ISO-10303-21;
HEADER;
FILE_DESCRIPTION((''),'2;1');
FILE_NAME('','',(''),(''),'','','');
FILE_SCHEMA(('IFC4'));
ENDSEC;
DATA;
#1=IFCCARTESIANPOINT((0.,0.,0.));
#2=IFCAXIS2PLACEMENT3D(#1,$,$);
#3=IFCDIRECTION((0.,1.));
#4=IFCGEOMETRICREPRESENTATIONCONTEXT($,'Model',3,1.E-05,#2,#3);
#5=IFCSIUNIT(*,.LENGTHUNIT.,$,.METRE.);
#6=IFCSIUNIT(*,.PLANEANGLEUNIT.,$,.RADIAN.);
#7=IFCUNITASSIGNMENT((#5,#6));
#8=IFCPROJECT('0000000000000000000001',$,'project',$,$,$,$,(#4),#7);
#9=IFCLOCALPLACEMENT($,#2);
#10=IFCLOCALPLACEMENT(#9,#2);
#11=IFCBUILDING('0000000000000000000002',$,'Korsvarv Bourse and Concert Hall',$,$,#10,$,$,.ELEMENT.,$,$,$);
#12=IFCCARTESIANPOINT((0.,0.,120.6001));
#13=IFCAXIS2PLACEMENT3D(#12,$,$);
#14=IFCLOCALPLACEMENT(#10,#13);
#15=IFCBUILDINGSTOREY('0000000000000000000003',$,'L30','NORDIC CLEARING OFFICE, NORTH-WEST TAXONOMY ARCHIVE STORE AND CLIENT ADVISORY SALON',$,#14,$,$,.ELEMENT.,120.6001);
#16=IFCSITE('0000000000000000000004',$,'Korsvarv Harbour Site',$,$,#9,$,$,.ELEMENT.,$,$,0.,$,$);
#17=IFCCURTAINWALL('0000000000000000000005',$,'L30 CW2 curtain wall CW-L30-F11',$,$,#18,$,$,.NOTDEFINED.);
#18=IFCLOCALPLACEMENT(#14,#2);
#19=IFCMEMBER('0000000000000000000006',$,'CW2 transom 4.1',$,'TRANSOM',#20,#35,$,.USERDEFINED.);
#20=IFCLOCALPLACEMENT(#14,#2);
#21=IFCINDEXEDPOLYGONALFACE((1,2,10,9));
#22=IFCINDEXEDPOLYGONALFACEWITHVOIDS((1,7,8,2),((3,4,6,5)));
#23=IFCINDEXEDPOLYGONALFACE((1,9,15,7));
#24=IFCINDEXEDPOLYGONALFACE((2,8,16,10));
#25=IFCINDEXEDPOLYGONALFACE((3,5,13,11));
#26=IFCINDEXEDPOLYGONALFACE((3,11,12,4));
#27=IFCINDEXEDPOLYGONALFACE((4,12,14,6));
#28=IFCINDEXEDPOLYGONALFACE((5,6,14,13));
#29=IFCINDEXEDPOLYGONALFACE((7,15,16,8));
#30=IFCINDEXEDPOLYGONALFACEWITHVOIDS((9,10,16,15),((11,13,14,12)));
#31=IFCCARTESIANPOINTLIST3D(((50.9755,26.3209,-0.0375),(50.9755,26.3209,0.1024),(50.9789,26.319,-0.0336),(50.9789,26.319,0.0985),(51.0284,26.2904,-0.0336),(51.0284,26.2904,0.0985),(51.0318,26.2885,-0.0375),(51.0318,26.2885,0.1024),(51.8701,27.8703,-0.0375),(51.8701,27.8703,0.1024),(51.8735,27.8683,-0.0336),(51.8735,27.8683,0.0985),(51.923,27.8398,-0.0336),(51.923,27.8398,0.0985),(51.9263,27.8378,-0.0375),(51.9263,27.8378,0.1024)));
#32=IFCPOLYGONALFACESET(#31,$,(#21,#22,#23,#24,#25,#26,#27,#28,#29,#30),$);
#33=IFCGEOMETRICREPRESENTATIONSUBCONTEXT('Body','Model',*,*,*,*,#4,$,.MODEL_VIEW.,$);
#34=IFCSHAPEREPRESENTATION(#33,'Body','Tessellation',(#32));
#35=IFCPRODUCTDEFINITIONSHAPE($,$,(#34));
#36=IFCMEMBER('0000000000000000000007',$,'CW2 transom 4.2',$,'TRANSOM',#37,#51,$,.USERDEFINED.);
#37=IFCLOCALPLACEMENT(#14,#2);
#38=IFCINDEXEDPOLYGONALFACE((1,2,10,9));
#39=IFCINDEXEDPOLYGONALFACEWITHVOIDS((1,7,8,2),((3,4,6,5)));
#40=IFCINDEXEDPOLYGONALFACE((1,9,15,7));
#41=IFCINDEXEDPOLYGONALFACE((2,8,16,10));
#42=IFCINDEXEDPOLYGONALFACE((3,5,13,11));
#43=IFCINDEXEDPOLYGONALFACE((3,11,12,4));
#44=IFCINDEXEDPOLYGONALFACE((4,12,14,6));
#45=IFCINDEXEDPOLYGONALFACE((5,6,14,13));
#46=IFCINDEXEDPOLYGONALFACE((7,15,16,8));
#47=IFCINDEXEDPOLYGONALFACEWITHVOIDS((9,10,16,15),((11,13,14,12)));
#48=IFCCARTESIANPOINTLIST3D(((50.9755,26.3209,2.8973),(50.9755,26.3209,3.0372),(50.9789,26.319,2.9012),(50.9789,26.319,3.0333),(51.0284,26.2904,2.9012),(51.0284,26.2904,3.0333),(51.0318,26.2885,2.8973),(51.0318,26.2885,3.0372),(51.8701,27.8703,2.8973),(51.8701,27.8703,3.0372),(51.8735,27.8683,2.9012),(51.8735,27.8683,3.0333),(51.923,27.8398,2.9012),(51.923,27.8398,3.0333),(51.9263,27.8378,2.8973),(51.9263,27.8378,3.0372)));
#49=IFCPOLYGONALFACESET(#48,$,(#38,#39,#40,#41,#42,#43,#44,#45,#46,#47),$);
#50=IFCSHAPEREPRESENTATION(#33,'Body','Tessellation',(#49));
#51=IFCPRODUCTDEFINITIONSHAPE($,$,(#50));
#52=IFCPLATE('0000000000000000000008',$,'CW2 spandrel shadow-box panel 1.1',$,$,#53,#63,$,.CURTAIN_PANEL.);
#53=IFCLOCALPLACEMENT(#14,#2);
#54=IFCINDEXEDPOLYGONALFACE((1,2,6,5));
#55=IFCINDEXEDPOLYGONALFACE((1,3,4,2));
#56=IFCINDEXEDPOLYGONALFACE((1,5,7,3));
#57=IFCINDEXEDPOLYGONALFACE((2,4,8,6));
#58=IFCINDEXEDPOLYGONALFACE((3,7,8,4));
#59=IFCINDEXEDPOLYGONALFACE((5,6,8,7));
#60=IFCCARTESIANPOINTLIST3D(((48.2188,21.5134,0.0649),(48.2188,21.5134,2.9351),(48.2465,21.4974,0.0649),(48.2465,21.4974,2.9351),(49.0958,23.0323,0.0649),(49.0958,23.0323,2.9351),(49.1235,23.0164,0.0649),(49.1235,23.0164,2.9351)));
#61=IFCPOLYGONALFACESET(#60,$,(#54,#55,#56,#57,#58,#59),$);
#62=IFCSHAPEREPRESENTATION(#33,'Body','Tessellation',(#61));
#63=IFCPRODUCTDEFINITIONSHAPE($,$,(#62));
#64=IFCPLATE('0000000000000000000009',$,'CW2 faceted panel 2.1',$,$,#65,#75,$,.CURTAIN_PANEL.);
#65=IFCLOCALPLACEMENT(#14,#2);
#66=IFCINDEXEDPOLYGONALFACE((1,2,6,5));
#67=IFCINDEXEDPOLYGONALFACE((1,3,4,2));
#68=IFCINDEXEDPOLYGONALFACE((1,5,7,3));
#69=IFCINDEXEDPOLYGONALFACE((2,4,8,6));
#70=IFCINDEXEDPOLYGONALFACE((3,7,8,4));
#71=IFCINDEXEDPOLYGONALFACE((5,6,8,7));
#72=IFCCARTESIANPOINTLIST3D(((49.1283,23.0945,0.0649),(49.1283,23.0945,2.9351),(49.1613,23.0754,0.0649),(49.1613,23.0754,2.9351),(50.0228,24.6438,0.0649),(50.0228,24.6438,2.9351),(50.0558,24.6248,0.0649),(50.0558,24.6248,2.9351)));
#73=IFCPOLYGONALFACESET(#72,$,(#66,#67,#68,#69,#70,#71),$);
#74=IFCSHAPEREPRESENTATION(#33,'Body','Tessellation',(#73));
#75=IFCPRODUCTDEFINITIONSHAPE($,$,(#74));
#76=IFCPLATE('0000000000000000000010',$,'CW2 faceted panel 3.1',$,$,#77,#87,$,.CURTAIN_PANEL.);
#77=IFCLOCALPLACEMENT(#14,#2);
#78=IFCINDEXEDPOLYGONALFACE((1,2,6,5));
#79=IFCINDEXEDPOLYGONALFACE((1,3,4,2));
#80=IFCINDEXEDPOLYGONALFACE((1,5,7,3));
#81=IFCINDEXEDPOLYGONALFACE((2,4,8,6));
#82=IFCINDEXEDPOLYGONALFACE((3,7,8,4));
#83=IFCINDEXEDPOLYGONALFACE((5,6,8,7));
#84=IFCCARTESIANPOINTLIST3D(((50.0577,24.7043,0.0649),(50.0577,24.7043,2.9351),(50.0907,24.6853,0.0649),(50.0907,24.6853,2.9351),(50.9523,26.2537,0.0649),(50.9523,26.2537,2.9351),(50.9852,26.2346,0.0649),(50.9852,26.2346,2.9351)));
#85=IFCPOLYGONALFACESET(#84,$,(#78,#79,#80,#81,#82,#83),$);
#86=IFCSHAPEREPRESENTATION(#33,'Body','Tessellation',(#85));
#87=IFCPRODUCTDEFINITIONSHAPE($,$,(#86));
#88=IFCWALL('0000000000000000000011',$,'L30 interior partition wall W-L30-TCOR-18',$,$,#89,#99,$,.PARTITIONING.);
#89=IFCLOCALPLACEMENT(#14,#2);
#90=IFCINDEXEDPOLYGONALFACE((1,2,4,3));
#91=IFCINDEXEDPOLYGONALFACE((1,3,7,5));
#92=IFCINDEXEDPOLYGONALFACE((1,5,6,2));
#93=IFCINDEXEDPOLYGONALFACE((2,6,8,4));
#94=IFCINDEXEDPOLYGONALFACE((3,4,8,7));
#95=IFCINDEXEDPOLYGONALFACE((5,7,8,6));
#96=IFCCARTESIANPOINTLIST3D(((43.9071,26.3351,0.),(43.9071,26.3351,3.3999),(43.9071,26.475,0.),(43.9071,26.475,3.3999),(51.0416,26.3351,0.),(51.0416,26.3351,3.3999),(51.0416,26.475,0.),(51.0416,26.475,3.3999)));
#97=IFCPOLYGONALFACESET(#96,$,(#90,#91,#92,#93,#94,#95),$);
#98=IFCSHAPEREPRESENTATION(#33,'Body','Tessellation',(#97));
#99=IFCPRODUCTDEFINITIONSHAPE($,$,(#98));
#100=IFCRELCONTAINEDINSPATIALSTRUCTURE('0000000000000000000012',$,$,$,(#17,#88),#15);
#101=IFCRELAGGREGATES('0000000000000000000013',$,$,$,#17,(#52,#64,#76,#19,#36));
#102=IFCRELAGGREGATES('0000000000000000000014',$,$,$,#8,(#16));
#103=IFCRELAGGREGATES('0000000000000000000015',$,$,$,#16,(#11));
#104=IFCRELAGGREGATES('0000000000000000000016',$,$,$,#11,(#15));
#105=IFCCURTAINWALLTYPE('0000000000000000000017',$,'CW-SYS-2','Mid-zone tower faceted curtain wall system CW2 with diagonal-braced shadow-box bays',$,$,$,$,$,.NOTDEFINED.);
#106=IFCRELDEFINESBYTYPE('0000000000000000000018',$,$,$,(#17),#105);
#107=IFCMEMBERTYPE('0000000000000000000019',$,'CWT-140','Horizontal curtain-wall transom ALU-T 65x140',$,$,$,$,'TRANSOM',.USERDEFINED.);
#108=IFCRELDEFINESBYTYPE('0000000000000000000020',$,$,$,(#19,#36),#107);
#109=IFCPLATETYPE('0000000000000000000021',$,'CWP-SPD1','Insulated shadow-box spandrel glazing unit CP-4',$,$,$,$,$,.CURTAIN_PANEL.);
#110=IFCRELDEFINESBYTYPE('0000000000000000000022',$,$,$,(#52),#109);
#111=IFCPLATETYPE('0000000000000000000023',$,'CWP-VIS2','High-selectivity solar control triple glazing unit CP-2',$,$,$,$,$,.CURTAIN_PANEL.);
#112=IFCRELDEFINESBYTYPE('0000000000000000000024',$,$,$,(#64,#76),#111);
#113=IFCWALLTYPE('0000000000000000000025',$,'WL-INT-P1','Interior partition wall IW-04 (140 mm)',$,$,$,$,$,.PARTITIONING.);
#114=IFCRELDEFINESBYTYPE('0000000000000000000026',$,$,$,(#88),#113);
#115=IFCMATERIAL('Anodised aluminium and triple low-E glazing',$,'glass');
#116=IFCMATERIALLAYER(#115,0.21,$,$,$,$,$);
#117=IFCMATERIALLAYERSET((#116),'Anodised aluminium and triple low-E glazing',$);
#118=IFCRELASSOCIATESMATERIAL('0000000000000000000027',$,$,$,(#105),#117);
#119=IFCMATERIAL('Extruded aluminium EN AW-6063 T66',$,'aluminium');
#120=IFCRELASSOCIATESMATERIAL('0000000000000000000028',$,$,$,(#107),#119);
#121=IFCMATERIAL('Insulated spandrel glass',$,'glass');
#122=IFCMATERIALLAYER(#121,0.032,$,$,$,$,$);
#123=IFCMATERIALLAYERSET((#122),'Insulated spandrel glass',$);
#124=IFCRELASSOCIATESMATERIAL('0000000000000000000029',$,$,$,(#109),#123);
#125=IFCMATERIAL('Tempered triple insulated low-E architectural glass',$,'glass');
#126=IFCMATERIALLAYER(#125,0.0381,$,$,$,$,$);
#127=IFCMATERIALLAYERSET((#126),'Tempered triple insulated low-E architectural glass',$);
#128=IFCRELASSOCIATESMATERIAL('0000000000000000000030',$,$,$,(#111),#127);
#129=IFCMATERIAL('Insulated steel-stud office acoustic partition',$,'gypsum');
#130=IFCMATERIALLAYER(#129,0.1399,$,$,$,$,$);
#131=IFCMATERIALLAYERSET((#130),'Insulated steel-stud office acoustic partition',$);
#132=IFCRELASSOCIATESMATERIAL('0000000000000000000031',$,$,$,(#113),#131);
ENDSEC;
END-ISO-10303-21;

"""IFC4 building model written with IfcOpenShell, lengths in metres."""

from ifc_helpers import new_model, si_unit, direction, frame, frame_2d, origin, origin_2d, place, context, subcontext, project, spatial, rectangle, hollow_rectangle, extrude, source, transform, mapped, material, layer, layer_set, material_profile, profile_set, type_object, element, aggregate, save


model = new_model("IFC4")

# Units and contexts
model_context = context("Model", 3, precision=1e-05, world=origin(), true_north=direction((0.0, 1.0)))
body_context = subcontext(model_context, "Body", "Model", "MODEL_VIEW")
ifc_project = project(units=[si_unit("LENGTHUNIT", "METRE"), si_unit("PLANEANGLEUNIT", "RADIAN")], contexts=[model_context])

# Site, building, storey
site_placement = place(None, origin())
site = spatial("IfcSite", under=ifc_project, at=site_placement, Name="Korsvarv Harbour Site", CompositionType="ELEMENT", RefElevation=0.0)
building_placement = place(site_placement, origin())
building = spatial("IfcBuilding", under=site, at=building_placement, Name="Korsvarv Bourse and Concert Hall", CompositionType="ELEMENT")
storey_placement = place(building_placement, frame((0.0, 0.0, 120.6001)))
storey = spatial("IfcBuildingStorey", under=building, at=storey_placement, Name="L30", Description="NORDIC CLEARING OFFICE, NORTH-WEST TAXONOMY ARCHIVE STORE AND CLIENT ADVISORY SALON", CompositionType="ELEMENT", Elevation=120.6001)

# Curtain wall, members, plates
ifc_material_1 = material(Name="Anodised aluminium and triple low-E glazing", Category="glass")
ifc_layer_1 = layer(ifc_material_1, 0.21)
ifc_layer_set_1 = layer_set([ifc_layer_1], Name="Anodised aluminium and triple low-E glazing")
curtain_wall_type = type_object("IfcCurtainWallType", Name="CW-SYS-2", Description="Mid-zone tower faceted curtain wall system CW2 with diagonal-braced shadow-box bays", PredefinedType="NOTDEFINED", material=ifc_layer_set_1)
curtain_wall_placement = place(storey_placement, origin())
curtain_wall = element("IfcCurtainWall", 1, at=curtain_wall_placement, inside=storey, type_object=curtain_wall_type, Name="L30 CW2 curtain wall CW-L30-F11", PredefinedType="NOTDEFINED")
ifc_material_2 = material(Name="Extruded aluminium EN AW-6063 T66", Category="aluminium")
ifc_material_profile_1 = material_profile(ifc_material_2, hollow_rectangle(XDim=0.0649, YDim=0.1399, WallThickness=0.0039, at=origin_2d()), Name="ALU-T 65x140")
ifc_profile_set_1 = profile_set([ifc_material_profile_1], Name="Extruded aluminium EN AW-6063 T66")
member_type_1 = type_object("IfcMemberType", Name="CWT-140", Description="Horizontal curtain-wall transom ALU-T 65x140", ElementType="TRANSOM", PredefinedType="USERDEFINED", material=ifc_profile_set_1)
shared_shape_1 = source(origin(), body_context, "Body", "SweptSolid", [
    extrude(hollow_rectangle(XDim=0.0649, YDim=0.1399, WallThickness=0.0039, at=origin_2d()), origin(), (0.0, 0.0, 1.0), 1.7891),
])
member_1_placement = place(storey_placement, frame((51.0037, 26.3047, 0.0325), z_axis=(0.500014, 0.866017, 0.0), x_axis=(-0.866017, 0.500014, 0.0)))
member_1 = element("IfcMember", 2, at=member_1_placement, type_object=member_type_1, Name="CW2 transom 4.1", ObjectType="TRANSOM", PredefinedType="USERDEFINED", context=body_context, shape_type="MappedRepresentation", body=[
    mapped(shared_shape_1, transform((0.0, 0.0, 0.0), scale=1.0)),
])
member_2_placement = place(storey_placement, frame((51.0037, 26.3047, 2.9673), z_axis=(0.500014, 0.866017, 0.0), x_axis=(-0.866017, 0.500014, 0.0)))
member_2 = element("IfcMember", 3, at=member_2_placement, type_object=member_type_1, Name="CW2 transom 4.2", ObjectType="TRANSOM", PredefinedType="USERDEFINED", context=body_context, shape_type="MappedRepresentation", body=[
    mapped(shared_shape_1, transform((0.0, 0.0, 0.0), scale=1.0)),
])
ifc_material_3 = material(Name="Insulated spandrel glass", Category="glass")
ifc_layer_2 = layer(ifc_material_3, 0.032)
ifc_layer_set_2 = layer_set([ifc_layer_2], Name="Insulated spandrel glass")
plate_type_1 = type_object("IfcPlateType", Name="CWP-SPD1", Description="Insulated shadow-box spandrel glazing unit CP-4", PredefinedType="CURTAIN_PANEL", material=ifc_layer_set_2)
shared_shape_2 = source(origin(), body_context, "Body", "SweptSolid", [
    extrude(rectangle(XDim=1.7539, YDim=0.032, at=origin_2d()), origin(), (0.0, 0.0, 1.0), 2.8701),
])
plate_1_placement = place(storey_placement, frame((48.6711, 22.2649, 0.0649), z_axis=(0.0, 0.0, 1.0), x_axis=(0.500007, 0.866021, 0.0)))
plate_1 = element("IfcPlate", 4, at=plate_1_placement, type_object=plate_type_1, Name="CW2 spandrel shadow-box panel 1.1", PredefinedType="CURTAIN_PANEL", context=body_context, shape_type="MappedRepresentation", body=[
    mapped(shared_shape_2, transform((0.0, 0.0, 0.0), scale=1.0)),
])
ifc_material_4 = material(Name="Tempered triple insulated low-E architectural glass", Category="glass")
ifc_layer_3 = layer(ifc_material_4, 0.0381)
ifc_layer_set_3 = layer_set([ifc_layer_3], Name="Tempered triple insulated low-E architectural glass")
plate_type_2 = type_object("IfcPlateType", Name="CWP-VIS2", Description="High-selectivity solar control triple glazing unit CP-2", PredefinedType="CURTAIN_PANEL", material=ifc_layer_set_3)
shared_shape_3 = source(origin(), body_context, "Body", "SweptSolid", [
    extrude(rectangle(XDim=1.7891, YDim=0.0381, at=origin_2d()), origin(), (0.0, 0.0, 1.0), 2.8701),
])
plate_2_placement = place(storey_placement, frame((49.592, 23.8596, 0.0649), z_axis=(0.0, 0.0, 1.0), x_axis=(0.500007, 0.866021, 0.0)))
plate_2 = element("IfcPlate", 5, at=plate_2_placement, type_object=plate_type_2, Name="CW2 faceted panel 2.1", PredefinedType="CURTAIN_PANEL", context=body_context, shape_type="MappedRepresentation", body=[
    mapped(shared_shape_3, transform((0.0, 0.0, 0.0), scale=1.0)),
])
plate_3_placement = place(storey_placement, frame((50.5215, 25.4695, 0.0649), z_axis=(0.0, 0.0, 1.0), x_axis=(0.500007, 0.866021, 0.0)))
plate_3 = element("IfcPlate", 6, at=plate_3_placement, type_object=plate_type_2, Name="CW2 faceted panel 3.1", PredefinedType="CURTAIN_PANEL", context=body_context, shape_type="MappedRepresentation", body=[
    mapped(shared_shape_3, transform((0.0, 0.0, 0.0), scale=1.0)),
])
aggregate(curtain_wall, [plate_1, plate_2, plate_3, member_1, member_2])

# Wall
ifc_material_5 = material(Name="Insulated steel-stud office acoustic partition", Category="gypsum")
ifc_layer_4 = layer(ifc_material_5, 0.1399)
ifc_layer_set_4 = layer_set([ifc_layer_4], Name="Insulated steel-stud office acoustic partition")
wall_type = type_object("IfcWallType", Name="WL-INT-P1", Description="Interior partition wall IW-04 (140 mm)", PredefinedType="PARTITIONING", material=ifc_layer_set_4)
wall_placement = place(storey_placement, frame((43.907, 26.405, 0.0), z_axis=(0.0, 0.0, 1.0), x_axis=(1.0, 0.0, 0.0)))
element("IfcWall", 7, at=wall_placement, inside=storey, type_object=wall_type, Name="L30 interior partition wall W-L30-TCOR-18", PredefinedType="PARTITIONING", context=body_context, shape_type="SweptSolid", body=[
    extrude(rectangle(XDim=7.1345, YDim=0.1399, at=frame_2d((3.5674, 0.0))), origin(), (0.0, 0.0, 1.0), 3.3999),
])

save(model, "model.ifc")
